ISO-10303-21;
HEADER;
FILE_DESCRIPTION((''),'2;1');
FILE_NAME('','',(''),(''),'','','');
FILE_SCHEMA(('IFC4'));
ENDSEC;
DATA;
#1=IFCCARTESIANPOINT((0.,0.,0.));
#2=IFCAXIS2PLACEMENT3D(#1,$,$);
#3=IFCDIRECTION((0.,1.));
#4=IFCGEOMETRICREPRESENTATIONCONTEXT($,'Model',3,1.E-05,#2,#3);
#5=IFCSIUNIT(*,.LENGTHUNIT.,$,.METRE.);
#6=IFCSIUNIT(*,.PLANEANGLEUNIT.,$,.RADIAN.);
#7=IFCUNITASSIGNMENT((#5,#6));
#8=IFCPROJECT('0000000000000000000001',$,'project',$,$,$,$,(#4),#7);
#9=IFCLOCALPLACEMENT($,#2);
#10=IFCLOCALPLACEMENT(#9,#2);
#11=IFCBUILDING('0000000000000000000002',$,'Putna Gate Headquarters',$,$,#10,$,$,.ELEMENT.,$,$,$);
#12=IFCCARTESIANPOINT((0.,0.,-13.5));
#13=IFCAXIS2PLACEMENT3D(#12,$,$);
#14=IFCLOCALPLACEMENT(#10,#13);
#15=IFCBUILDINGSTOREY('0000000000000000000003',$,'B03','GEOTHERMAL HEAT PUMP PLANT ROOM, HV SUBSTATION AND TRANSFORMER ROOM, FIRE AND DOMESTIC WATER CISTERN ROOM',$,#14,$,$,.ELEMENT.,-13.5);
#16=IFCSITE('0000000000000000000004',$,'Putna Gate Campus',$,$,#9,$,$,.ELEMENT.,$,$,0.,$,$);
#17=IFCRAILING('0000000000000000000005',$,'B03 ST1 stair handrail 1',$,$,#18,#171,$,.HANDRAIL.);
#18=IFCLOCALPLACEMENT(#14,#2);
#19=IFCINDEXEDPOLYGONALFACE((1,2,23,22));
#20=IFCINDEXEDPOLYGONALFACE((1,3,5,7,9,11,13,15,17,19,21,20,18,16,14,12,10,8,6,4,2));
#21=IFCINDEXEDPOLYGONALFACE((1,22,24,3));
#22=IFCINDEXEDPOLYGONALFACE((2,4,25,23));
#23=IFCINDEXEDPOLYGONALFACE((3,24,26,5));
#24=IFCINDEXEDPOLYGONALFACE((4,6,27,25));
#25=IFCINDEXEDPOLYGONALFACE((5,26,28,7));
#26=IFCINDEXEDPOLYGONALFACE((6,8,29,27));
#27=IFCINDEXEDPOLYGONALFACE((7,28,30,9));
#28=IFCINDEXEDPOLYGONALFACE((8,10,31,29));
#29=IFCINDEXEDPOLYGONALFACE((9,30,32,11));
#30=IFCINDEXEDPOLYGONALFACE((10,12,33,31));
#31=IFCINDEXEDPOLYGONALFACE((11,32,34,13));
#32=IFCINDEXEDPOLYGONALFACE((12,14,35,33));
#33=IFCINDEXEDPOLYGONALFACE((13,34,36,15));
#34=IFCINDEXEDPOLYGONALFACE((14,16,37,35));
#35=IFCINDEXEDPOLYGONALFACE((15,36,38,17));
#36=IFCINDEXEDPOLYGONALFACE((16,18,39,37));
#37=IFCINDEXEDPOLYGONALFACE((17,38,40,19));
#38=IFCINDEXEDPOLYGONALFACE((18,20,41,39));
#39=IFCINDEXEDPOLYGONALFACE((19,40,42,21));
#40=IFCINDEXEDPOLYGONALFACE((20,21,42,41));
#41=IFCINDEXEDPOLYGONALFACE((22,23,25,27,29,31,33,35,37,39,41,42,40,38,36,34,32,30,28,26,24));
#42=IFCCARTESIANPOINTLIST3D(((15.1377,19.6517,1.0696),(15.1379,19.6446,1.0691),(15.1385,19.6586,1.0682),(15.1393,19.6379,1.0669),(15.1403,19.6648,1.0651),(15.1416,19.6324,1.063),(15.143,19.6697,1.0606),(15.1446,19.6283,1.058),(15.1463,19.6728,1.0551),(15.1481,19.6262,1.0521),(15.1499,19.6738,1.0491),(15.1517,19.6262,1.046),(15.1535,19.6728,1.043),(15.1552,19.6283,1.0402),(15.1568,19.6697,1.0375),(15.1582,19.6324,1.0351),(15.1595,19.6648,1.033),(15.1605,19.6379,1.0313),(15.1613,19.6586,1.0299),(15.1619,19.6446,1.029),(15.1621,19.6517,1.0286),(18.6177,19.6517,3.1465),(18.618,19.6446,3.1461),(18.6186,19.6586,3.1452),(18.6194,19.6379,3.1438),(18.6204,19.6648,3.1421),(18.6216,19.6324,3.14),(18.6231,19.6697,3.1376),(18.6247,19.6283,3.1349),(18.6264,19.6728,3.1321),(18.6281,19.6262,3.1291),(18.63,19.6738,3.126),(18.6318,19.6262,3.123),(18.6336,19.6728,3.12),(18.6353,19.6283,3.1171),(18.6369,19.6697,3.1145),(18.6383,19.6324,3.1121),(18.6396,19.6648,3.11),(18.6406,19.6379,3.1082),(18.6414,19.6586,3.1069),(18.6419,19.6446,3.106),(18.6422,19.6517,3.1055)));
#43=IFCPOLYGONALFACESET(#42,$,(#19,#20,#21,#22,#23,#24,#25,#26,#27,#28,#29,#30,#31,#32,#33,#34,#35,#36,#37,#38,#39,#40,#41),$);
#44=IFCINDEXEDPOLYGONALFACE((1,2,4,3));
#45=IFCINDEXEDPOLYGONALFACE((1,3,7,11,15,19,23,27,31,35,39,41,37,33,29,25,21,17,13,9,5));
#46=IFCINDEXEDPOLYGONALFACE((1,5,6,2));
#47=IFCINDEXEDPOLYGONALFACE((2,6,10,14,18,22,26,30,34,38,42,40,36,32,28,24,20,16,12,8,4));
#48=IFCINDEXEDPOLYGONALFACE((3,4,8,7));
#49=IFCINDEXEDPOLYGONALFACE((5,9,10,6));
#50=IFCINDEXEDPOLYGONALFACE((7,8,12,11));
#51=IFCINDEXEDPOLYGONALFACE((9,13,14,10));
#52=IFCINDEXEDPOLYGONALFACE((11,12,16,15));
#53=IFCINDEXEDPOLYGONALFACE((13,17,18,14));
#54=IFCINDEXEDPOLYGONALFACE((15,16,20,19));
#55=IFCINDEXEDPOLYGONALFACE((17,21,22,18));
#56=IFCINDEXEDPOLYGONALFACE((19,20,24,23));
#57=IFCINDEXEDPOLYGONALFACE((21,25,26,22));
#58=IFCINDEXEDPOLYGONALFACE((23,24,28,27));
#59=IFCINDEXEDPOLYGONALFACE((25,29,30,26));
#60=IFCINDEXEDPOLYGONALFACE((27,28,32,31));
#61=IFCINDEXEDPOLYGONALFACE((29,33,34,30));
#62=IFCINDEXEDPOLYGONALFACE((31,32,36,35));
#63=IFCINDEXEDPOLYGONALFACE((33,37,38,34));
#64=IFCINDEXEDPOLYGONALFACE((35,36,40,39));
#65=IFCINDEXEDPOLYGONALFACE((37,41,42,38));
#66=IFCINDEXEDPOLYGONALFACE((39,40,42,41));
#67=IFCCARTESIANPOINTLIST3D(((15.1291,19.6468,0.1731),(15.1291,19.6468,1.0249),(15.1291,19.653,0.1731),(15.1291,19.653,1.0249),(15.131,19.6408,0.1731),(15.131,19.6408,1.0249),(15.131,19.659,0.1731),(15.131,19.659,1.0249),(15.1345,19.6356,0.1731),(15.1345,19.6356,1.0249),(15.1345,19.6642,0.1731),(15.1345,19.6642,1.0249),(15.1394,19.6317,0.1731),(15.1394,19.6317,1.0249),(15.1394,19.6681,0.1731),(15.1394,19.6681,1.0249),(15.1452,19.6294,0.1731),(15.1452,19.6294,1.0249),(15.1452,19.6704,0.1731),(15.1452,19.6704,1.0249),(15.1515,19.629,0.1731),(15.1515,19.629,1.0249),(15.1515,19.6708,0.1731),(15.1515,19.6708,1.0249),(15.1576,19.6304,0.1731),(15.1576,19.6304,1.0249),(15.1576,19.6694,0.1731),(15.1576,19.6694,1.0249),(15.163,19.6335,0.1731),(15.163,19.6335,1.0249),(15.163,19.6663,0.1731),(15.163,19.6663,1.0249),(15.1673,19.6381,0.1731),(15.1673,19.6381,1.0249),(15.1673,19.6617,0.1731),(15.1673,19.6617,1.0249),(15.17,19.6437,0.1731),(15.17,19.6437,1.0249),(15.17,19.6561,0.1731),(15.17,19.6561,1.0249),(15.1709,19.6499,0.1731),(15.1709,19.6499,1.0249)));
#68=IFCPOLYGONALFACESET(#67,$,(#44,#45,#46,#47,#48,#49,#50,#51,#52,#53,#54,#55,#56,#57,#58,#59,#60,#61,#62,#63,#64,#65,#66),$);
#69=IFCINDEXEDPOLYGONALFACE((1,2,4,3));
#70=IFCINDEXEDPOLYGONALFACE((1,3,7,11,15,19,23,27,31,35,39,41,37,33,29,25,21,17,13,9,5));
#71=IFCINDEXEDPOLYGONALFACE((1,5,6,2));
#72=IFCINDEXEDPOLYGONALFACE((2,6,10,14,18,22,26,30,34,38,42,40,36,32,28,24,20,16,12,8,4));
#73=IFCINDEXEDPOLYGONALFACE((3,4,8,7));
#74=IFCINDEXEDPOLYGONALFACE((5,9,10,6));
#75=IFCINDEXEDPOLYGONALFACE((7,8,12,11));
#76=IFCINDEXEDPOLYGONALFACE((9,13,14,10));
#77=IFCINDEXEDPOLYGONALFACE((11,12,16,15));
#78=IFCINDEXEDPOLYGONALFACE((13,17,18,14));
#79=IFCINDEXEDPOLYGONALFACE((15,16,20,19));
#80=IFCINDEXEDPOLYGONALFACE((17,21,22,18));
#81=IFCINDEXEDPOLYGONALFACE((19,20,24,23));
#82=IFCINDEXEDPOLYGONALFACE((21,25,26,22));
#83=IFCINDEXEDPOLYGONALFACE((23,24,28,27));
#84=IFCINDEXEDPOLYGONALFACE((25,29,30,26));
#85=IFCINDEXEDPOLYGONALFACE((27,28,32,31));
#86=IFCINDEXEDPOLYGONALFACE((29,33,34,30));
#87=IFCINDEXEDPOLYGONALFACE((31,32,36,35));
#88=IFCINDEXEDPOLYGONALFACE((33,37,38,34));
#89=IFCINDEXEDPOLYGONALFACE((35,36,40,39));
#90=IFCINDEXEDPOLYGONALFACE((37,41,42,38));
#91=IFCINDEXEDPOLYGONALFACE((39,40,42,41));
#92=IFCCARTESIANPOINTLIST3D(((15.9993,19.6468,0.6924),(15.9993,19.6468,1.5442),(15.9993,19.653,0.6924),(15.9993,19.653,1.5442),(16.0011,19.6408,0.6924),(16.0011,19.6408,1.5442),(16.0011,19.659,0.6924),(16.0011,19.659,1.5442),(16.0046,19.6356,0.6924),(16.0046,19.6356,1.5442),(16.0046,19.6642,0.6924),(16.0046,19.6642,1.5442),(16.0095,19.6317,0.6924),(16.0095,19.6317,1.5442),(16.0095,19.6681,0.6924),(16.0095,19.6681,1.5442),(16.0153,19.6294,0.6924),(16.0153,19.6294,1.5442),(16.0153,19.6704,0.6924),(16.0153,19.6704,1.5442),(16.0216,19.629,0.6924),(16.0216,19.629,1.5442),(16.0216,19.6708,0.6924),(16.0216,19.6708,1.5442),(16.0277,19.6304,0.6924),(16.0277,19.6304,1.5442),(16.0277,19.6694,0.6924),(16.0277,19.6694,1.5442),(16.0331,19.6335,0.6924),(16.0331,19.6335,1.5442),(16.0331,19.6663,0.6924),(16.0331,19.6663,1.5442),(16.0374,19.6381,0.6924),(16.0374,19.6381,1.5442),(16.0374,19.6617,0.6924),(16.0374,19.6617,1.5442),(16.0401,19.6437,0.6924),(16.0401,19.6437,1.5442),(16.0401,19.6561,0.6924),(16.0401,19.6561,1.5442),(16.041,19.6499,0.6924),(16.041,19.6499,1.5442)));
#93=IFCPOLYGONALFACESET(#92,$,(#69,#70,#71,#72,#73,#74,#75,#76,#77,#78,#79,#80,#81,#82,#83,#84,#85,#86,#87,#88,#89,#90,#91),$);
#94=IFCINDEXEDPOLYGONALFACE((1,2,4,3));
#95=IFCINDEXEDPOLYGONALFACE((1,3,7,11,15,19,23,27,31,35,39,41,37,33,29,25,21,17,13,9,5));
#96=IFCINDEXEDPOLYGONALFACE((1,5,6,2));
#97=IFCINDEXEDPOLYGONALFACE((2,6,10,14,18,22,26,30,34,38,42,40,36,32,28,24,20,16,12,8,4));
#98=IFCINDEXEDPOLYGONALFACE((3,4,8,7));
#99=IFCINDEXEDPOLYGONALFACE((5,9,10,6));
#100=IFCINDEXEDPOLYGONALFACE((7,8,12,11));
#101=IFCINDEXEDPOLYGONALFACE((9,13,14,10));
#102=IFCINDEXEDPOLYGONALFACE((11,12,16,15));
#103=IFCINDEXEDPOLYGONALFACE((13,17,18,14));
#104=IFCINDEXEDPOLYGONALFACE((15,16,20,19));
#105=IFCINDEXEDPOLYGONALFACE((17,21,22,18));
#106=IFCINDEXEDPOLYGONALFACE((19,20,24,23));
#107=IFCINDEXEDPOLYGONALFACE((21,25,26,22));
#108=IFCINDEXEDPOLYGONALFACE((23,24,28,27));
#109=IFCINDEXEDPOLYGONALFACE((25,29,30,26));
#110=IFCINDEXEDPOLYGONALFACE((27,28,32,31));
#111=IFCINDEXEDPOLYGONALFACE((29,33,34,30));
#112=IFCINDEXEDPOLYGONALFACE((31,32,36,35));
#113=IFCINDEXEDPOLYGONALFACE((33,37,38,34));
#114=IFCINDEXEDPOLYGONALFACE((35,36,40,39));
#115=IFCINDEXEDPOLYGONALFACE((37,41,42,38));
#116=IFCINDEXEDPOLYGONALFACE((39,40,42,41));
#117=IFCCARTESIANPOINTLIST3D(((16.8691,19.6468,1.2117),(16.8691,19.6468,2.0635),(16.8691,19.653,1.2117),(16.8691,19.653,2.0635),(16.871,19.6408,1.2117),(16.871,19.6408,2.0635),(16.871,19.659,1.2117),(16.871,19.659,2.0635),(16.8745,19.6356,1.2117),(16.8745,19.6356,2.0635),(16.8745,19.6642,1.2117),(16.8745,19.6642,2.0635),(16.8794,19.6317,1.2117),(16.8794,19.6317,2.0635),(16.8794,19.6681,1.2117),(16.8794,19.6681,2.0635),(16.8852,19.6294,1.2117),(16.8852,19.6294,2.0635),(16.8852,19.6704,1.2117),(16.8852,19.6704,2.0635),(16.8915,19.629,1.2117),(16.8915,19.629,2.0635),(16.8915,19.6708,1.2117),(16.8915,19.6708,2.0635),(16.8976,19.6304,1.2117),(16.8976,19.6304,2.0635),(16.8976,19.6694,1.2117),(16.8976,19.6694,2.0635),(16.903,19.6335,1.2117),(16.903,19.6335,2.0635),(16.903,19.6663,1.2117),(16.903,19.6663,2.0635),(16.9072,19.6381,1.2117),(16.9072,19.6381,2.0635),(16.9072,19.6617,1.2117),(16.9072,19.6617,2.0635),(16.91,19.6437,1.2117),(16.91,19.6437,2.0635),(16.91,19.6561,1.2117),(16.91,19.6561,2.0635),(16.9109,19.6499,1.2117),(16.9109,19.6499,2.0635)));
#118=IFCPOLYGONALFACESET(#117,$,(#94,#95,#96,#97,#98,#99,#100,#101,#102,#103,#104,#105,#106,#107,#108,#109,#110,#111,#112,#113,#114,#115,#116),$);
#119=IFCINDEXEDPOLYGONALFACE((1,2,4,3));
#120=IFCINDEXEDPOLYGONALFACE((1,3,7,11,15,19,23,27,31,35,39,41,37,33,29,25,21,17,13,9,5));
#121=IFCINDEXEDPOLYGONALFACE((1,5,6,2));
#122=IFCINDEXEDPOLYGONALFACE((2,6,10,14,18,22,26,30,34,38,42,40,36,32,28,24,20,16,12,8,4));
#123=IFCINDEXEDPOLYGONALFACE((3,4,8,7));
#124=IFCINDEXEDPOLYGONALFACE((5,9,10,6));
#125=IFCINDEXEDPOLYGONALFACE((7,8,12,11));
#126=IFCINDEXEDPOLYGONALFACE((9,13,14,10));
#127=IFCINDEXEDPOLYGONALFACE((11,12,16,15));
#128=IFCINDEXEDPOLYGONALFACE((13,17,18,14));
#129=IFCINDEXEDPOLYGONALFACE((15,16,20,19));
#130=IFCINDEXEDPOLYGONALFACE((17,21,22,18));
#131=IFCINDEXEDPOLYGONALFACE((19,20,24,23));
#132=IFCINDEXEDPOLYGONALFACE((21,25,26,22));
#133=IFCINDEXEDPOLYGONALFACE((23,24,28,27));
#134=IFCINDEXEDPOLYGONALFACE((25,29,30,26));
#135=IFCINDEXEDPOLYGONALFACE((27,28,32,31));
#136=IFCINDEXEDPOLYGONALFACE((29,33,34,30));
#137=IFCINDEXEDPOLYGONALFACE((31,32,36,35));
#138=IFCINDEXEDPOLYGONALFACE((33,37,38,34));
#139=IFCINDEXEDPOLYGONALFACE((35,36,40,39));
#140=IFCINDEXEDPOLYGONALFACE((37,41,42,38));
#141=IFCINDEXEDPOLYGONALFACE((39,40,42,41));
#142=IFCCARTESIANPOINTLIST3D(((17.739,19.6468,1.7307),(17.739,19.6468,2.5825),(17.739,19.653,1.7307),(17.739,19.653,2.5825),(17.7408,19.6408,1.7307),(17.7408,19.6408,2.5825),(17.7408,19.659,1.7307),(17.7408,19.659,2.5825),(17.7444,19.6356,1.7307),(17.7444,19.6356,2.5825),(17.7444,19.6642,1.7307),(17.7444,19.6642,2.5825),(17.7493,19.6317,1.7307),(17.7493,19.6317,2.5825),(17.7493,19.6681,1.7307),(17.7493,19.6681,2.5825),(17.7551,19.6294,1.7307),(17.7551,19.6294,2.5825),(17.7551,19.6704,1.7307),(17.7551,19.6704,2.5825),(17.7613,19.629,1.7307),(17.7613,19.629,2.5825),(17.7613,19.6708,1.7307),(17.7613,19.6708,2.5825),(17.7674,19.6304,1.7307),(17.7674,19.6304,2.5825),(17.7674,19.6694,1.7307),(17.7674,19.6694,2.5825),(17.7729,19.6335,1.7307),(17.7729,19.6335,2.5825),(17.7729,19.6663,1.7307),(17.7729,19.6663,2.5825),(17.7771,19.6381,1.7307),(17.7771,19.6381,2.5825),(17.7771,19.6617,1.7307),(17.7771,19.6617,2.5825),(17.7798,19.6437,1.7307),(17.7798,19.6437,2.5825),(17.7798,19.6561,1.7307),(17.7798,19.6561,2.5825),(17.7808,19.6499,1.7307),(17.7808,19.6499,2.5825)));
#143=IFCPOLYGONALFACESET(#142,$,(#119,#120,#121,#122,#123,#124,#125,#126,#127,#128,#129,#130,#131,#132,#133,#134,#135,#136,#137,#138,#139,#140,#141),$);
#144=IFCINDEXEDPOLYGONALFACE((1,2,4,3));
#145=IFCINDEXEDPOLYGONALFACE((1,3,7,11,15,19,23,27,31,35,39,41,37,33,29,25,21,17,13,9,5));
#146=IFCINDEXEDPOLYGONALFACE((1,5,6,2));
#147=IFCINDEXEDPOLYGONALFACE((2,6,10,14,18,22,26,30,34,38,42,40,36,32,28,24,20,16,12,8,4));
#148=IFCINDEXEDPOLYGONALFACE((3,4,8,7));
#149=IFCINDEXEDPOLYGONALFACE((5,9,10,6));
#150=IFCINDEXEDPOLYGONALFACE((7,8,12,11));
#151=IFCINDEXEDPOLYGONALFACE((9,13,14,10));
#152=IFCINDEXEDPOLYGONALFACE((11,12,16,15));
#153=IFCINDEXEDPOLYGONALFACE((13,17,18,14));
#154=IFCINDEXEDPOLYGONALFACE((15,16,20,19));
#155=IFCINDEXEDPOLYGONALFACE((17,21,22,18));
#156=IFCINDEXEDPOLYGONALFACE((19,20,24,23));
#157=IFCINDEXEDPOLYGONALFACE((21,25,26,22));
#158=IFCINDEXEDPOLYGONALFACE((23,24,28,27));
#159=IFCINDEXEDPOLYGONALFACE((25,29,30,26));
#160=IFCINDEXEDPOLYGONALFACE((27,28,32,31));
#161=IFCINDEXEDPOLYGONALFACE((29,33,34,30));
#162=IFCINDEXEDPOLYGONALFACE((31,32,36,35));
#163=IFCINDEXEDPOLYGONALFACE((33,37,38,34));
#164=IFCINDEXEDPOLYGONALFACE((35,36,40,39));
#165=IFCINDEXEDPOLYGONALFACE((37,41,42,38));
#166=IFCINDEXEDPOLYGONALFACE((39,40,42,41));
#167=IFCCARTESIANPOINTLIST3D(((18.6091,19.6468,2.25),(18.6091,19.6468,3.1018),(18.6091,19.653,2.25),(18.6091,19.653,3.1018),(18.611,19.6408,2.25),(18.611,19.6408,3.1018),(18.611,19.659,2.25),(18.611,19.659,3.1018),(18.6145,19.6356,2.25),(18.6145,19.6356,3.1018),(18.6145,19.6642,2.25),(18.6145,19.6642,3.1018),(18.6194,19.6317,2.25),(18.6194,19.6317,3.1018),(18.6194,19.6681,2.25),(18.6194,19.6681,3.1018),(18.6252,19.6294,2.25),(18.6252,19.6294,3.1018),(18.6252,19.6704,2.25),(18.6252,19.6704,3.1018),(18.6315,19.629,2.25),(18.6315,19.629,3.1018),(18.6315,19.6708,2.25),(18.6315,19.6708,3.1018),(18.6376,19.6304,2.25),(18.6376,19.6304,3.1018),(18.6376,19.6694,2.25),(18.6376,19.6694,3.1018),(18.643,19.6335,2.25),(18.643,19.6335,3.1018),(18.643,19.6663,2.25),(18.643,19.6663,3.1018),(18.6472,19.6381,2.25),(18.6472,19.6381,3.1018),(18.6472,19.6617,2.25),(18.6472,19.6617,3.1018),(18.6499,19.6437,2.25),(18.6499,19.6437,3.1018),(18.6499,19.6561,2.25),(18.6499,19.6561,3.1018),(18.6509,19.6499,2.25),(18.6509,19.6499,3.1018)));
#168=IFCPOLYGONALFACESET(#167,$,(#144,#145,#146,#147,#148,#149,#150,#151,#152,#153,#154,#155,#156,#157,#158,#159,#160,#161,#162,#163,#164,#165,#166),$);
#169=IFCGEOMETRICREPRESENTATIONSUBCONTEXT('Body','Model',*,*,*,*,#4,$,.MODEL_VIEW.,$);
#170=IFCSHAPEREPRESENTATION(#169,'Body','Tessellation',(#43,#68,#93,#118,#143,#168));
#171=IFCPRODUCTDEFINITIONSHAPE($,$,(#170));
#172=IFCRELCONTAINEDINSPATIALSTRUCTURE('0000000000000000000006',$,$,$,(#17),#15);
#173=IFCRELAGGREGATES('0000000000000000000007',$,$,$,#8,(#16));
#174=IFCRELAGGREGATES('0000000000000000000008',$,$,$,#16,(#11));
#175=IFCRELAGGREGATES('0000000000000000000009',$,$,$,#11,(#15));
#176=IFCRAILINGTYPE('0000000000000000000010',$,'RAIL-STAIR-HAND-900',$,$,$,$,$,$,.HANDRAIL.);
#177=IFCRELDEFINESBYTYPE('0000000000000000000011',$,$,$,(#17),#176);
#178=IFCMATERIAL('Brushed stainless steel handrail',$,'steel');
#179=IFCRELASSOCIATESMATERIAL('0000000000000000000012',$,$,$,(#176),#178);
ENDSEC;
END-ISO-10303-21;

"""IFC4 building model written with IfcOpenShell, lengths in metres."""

from ifc_helpers import new_model, si_unit, direction, frame, origin, origin_2d, place, context, subcontext, project, spatial, circle, extrude, material, type_object, element, save


model = new_model("IFC4")

# Units and contexts
model_context = context("Model", 3, precision=1e-05, world=origin(), true_north=direction((0.0, 1.0)))
body_context = subcontext(model_context, "Body", "Model", "MODEL_VIEW")
ifc_project = project(units=[si_unit("LENGTHUNIT", "METRE"), si_unit("PLANEANGLEUNIT", "RADIAN")], contexts=[model_context])

# Site, building, storey
site_placement = place(None, origin())
site = spatial("IfcSite", under=ifc_project, at=site_placement, Name="Putna Gate Campus", CompositionType="ELEMENT", RefElevation=0.0)
building_placement = place(site_placement, origin())
building = spatial("IfcBuilding", under=site, at=building_placement, Name="Putna Gate Headquarters", CompositionType="ELEMENT")
storey_placement = place(building_placement, frame((0.0, 0.0, -13.5)))
storey = spatial("IfcBuildingStorey", under=building, at=storey_placement, Name="B03", Description="GEOTHERMAL HEAT PUMP PLANT ROOM, HV SUBSTATION AND TRANSFORMER ROOM, FIRE AND DOMESTIC WATER CISTERN ROOM", CompositionType="ELEMENT", Elevation=-13.5)

# Railing
ifc_material_1 = material(Name="Brushed stainless steel handrail", Category="steel")
railing_type = type_object("IfcRailingType", Name="RAIL-STAIR-HAND-900", PredefinedType="HANDRAIL", material=ifc_material_1)
railing_placement = place(storey_placement, frame((15.1499, 19.6499, 0.1731)))
element("IfcRailing", 1, at=railing_placement, inside=storey, type_object=railing_type, Name="B03 ST1 stair handrail 1", PredefinedType="HANDRAIL", context=body_context, shape_type="SweptSolid", body=[
    extrude(circle(Radius=0.0239, at=origin_2d()), frame((0.0, 0.0, 0.876), z_axis=(0.858697, 0.0, 0.512483), x_axis=(0.0, 1.0, 0.0)), (0.0, 0.0, 1.0), 4.0527),
    extrude(circle(Radius=0.021, at=origin_2d()), origin(), (0.0, 0.0, 1.0), 0.8518),
    extrude(circle(Radius=0.021, at=origin_2d()), frame((0.8701, 0.0, 0.5193)), (0.0, 0.0, 1.0), 0.8518),
    extrude(circle(Radius=0.021, at=origin_2d()), frame((1.74, 0.0, 1.0386)), (0.0, 0.0, 1.0), 0.8518),
    extrude(circle(Radius=0.021, at=origin_2d()), frame((2.6099, 0.0, 1.5576)), (0.0, 0.0, 1.0), 0.8518),
    extrude(circle(Radius=0.021, at=origin_2d()), frame((3.48, 0.0, 2.0769)), (0.0, 0.0, 1.0), 0.8518),
])

save(model, "model.ifc")
